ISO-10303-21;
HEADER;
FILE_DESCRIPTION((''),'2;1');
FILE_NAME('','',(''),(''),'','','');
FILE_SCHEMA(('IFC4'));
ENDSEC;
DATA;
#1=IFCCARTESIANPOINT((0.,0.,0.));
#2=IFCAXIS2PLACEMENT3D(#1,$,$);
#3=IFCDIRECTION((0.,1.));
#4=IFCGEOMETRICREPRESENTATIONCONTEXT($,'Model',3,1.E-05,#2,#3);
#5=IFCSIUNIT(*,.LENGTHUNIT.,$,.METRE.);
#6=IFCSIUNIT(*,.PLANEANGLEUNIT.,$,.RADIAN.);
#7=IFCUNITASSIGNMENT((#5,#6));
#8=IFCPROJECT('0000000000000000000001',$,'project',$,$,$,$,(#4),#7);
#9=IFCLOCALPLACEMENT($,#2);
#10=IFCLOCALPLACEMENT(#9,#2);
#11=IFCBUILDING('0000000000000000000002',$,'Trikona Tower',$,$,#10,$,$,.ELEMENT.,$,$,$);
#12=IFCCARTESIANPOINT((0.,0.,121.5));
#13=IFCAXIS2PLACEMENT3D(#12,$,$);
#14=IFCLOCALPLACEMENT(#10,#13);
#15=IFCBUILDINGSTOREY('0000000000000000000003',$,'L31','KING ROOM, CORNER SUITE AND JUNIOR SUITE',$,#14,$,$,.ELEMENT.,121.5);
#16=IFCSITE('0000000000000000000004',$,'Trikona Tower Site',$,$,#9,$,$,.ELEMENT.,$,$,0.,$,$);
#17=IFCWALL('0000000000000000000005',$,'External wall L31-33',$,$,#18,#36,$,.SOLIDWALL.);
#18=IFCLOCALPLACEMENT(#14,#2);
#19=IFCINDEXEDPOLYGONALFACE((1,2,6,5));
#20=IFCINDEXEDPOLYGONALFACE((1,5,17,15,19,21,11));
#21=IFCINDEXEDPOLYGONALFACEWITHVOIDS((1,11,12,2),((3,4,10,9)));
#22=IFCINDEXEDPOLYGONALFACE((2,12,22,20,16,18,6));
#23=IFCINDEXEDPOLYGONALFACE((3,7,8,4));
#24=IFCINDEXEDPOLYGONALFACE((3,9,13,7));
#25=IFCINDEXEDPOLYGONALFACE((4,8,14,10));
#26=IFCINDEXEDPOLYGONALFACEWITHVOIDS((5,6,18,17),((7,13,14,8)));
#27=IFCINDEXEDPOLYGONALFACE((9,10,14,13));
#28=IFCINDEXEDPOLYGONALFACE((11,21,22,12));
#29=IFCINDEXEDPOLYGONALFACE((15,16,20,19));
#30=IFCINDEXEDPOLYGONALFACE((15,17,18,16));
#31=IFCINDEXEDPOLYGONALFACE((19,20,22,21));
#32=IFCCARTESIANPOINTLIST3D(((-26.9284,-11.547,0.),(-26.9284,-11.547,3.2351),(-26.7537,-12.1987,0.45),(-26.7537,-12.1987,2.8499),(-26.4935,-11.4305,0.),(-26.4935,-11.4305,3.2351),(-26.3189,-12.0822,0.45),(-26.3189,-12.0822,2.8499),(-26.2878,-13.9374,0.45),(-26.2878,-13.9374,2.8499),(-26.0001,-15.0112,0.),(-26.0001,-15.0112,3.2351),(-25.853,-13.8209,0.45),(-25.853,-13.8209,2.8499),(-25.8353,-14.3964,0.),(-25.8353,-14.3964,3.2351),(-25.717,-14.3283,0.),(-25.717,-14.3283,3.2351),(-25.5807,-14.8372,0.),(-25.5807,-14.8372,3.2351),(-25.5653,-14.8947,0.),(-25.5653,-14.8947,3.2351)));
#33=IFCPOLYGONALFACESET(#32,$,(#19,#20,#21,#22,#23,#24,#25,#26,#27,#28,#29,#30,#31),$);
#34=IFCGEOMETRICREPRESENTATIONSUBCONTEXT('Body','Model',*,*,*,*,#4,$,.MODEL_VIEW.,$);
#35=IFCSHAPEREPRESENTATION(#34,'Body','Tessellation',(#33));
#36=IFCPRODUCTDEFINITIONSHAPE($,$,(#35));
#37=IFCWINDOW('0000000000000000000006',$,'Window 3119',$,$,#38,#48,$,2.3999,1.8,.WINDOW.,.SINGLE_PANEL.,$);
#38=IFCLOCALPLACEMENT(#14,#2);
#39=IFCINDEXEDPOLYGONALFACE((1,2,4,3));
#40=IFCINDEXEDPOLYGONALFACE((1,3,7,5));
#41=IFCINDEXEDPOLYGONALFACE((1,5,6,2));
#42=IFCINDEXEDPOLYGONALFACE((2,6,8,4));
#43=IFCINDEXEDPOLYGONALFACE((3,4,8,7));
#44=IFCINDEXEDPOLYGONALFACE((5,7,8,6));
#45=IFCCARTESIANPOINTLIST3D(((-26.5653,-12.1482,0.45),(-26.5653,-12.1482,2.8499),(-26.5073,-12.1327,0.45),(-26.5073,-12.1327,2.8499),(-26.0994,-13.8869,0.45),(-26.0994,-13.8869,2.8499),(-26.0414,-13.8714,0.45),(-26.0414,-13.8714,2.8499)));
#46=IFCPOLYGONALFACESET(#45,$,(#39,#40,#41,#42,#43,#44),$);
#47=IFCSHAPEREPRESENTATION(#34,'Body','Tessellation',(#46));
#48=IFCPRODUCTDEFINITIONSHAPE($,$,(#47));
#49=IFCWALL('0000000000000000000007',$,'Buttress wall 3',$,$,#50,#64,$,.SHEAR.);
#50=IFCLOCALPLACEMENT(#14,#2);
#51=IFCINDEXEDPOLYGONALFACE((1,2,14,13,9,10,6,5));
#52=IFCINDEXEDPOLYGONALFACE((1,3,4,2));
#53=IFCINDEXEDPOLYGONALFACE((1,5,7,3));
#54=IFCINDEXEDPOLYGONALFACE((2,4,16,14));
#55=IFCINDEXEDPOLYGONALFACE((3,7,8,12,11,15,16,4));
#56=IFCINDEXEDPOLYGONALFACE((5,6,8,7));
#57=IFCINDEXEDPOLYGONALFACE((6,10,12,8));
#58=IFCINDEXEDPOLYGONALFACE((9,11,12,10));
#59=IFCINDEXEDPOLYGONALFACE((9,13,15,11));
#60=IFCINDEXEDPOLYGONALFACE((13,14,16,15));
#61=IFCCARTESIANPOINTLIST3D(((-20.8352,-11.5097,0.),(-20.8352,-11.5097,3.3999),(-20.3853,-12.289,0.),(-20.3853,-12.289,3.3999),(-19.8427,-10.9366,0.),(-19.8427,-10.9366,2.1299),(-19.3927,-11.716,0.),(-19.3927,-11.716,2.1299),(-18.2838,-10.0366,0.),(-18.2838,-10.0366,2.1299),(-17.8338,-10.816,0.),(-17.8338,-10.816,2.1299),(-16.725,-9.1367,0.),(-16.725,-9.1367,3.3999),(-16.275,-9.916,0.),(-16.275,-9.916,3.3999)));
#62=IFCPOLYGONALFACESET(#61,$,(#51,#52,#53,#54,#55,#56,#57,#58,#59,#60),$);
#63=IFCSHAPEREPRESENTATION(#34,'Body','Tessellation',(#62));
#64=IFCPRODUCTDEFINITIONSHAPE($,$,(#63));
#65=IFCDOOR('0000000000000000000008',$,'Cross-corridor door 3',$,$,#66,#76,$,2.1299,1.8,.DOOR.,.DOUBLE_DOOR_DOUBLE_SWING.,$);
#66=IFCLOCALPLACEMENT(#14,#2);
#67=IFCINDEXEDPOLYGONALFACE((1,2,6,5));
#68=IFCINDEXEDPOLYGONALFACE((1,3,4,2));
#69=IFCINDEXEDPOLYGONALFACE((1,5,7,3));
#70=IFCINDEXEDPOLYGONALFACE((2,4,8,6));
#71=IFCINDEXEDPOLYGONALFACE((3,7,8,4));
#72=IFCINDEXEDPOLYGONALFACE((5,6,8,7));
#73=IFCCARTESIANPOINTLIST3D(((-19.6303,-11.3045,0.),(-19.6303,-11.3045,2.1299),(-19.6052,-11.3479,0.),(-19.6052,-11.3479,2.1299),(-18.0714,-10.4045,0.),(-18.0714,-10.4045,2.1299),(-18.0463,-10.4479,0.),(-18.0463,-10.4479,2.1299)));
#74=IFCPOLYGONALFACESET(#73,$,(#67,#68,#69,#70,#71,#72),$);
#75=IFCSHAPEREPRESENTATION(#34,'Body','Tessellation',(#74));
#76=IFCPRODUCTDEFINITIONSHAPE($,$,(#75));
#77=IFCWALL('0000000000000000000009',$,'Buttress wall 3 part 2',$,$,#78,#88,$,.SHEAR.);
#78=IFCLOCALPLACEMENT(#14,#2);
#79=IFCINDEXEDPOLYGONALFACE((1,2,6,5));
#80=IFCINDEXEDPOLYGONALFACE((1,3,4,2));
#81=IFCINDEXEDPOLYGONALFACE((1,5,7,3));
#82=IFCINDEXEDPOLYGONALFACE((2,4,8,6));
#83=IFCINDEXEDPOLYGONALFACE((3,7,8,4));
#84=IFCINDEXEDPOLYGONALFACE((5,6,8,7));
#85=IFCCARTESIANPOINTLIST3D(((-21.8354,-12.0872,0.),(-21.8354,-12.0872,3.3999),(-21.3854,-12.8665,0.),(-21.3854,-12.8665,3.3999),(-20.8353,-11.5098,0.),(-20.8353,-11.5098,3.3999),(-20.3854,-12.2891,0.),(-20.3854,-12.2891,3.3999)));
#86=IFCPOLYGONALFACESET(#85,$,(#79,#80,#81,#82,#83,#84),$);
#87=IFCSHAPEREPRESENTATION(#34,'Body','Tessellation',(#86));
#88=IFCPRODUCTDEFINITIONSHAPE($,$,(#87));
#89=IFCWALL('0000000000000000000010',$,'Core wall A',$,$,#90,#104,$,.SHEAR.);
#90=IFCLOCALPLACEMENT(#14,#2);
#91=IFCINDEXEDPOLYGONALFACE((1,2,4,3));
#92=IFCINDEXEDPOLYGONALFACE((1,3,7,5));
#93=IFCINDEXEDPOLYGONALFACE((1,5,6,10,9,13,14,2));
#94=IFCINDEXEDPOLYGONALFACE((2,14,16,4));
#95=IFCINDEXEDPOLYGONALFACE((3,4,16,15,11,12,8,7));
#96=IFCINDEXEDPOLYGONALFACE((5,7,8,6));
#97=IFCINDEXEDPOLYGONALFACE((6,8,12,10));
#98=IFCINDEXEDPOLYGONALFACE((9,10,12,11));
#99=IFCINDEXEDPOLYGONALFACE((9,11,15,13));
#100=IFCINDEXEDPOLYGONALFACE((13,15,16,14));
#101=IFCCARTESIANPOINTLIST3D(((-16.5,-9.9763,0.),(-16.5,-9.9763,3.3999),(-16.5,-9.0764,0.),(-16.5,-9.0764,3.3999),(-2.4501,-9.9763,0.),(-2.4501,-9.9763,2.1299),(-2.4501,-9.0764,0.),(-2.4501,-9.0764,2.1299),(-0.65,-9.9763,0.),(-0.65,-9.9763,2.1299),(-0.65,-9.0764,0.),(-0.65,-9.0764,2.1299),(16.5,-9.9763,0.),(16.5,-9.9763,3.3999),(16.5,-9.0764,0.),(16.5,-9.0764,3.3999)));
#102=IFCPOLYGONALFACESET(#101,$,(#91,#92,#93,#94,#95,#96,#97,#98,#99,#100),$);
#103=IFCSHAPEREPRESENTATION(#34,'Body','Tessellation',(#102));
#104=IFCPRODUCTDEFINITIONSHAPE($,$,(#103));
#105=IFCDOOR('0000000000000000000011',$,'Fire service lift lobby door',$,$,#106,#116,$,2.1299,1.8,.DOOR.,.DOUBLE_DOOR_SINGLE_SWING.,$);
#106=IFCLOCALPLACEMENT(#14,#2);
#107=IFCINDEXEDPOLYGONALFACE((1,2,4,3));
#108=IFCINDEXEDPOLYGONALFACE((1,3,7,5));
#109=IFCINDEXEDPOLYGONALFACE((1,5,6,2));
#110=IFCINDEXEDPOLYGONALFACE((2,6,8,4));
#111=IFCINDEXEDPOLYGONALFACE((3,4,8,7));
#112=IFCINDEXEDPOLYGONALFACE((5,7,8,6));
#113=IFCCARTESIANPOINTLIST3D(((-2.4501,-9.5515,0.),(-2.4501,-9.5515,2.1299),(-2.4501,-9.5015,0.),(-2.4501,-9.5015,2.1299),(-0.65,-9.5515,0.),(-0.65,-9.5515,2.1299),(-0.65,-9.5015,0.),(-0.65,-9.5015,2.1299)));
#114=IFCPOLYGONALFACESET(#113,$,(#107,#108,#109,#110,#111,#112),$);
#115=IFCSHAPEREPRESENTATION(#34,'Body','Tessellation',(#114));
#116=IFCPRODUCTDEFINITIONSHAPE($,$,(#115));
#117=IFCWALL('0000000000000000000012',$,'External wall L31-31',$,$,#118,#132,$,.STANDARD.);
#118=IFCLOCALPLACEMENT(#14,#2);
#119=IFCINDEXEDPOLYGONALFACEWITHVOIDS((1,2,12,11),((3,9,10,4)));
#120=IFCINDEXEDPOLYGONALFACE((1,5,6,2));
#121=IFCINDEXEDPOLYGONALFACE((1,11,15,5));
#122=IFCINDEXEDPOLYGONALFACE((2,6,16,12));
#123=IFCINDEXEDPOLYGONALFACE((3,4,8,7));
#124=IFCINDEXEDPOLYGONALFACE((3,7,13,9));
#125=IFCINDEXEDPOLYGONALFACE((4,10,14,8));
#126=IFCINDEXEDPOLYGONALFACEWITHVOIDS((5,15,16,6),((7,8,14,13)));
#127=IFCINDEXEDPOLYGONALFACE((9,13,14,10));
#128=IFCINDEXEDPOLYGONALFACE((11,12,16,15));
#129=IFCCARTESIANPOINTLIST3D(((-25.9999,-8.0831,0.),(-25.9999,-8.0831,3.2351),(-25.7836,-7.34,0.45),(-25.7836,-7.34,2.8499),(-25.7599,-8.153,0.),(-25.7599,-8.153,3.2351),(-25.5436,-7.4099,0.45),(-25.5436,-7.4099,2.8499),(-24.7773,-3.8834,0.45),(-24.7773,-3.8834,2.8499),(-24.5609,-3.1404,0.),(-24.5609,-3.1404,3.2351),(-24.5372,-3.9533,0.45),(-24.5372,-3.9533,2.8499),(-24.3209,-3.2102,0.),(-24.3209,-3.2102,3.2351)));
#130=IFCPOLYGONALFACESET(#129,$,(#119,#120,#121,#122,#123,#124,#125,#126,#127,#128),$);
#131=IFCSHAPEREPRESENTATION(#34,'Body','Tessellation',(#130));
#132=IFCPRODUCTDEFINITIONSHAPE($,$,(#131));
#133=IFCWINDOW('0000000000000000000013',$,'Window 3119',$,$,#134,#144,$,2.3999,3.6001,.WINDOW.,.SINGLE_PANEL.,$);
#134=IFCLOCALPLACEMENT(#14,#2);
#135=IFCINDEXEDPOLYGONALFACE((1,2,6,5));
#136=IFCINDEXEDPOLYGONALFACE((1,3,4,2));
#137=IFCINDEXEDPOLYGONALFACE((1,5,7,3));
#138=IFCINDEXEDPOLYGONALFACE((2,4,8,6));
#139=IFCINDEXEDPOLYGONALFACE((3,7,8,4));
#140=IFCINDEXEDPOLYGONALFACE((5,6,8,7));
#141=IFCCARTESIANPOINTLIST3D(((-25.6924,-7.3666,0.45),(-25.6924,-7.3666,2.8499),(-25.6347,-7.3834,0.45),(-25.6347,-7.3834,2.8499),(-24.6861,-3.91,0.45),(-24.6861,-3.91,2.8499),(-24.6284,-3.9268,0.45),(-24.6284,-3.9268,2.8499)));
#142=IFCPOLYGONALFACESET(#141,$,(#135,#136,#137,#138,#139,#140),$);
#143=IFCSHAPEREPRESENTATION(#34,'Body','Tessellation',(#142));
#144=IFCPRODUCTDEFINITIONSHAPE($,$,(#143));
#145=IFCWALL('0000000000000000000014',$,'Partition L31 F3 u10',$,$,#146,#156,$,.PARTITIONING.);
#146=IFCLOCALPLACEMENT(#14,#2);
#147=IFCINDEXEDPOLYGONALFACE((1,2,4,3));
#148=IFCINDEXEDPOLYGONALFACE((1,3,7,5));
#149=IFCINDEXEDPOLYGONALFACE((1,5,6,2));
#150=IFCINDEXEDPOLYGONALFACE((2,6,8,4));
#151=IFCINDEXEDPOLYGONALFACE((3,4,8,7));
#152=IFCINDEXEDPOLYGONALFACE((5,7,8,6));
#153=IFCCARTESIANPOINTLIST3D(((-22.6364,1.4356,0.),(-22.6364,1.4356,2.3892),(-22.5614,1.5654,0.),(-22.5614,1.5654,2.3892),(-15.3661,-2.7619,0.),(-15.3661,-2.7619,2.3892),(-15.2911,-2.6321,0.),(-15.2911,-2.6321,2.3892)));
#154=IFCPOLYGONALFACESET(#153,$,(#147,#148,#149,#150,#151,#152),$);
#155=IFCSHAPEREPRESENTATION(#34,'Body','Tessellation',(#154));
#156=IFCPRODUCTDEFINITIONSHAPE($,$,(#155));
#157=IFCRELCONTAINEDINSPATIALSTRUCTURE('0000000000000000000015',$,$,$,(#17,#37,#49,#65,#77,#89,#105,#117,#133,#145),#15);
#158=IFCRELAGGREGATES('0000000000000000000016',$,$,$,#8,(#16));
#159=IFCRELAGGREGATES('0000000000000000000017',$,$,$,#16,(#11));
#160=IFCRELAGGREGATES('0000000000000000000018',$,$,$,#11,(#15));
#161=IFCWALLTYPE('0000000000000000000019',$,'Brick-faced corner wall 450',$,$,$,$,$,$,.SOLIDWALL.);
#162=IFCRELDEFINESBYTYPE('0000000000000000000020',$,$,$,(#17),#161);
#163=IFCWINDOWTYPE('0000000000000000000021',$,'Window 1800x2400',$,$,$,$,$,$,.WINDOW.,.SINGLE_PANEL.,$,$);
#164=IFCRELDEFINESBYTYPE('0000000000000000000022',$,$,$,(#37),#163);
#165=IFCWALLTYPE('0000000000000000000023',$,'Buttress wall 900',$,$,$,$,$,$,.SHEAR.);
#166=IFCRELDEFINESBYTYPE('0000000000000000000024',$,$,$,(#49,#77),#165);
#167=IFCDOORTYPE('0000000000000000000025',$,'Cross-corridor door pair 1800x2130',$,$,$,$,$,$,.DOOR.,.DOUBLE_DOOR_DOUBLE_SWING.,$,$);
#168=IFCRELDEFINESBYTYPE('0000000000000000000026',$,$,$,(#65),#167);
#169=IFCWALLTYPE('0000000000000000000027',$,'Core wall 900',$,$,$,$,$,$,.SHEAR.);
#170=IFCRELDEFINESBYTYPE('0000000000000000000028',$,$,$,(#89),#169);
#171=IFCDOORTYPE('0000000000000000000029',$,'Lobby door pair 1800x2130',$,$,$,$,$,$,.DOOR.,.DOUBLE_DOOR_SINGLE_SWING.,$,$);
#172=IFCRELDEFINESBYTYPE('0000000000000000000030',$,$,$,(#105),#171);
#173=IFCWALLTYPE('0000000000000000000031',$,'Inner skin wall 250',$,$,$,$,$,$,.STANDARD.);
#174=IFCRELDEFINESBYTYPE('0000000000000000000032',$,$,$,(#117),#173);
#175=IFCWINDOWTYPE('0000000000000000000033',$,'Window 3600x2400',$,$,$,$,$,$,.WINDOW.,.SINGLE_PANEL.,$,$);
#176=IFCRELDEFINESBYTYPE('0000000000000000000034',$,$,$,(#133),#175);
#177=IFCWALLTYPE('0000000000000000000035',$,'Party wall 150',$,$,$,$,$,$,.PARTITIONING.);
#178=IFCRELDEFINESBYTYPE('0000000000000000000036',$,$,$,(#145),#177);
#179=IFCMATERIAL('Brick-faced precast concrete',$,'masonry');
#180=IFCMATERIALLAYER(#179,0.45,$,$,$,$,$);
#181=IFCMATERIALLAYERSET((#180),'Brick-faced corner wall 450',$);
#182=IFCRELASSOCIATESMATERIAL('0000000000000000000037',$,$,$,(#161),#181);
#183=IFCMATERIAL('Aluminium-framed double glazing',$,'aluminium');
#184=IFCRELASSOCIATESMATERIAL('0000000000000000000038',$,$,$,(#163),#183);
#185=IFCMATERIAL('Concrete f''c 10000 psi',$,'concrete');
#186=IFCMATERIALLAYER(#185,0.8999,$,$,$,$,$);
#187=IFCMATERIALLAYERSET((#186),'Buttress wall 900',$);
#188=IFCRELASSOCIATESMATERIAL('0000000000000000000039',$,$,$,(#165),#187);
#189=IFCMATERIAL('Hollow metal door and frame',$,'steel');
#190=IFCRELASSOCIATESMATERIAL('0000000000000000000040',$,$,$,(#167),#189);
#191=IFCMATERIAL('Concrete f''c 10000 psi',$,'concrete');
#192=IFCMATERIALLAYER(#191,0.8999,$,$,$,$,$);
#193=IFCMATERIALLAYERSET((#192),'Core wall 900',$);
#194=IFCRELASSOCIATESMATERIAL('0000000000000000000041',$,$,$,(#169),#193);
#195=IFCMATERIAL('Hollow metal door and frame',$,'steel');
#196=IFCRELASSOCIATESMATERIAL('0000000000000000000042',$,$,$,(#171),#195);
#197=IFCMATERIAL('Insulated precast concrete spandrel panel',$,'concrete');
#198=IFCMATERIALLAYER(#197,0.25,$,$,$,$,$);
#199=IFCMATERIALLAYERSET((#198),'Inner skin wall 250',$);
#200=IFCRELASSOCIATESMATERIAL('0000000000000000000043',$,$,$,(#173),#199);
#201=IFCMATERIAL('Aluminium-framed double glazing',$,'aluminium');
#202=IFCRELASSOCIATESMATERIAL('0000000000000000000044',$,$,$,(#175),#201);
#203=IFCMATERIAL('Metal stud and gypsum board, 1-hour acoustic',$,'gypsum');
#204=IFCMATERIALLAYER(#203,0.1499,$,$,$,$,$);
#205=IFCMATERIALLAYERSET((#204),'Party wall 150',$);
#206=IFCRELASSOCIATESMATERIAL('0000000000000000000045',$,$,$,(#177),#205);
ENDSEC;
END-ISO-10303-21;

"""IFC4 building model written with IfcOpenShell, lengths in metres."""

from ifc_helpers import new_model, si_unit, direction, frame, frame_2d, origin, place, context, subcontext, project, spatial, polyline, rectangle, outline, extrude, material, layer, layer_set, type_object, element, fill, save


model = new_model("IFC4")

# Units and contexts
model_context = context("Model", 3, precision=1e-05, world=origin(), true_north=direction((0.0, 1.0)))
body_context = subcontext(model_context, "Body", "Model", "MODEL_VIEW")
ifc_project = project(units=[si_unit("LENGTHUNIT", "METRE"), si_unit("PLANEANGLEUNIT", "RADIAN")], contexts=[model_context])

# Site, building, storey
site_placement = place(None, origin())
site = spatial("IfcSite", under=ifc_project, at=site_placement, Name="Trikona Tower Site", CompositionType="ELEMENT", RefElevation=0.0)
building_placement = place(site_placement, origin())
building = spatial("IfcBuilding", under=site, at=building_placement, Name="Trikona Tower", CompositionType="ELEMENT")
storey_placement = place(building_placement, frame((0.0, 0.0, 121.5)))
storey = spatial("IfcBuildingStorey", under=building, at=storey_placement, Name="L31", Description="KING ROOM, CORNER SUITE AND JUNIOR SUITE", CompositionType="ELEMENT", Elevation=121.5)

# Wall, opening, window
ifc_material_1 = material(Name="Brick-faced precast concrete", Category="masonry")
ifc_layer_1 = layer(ifc_material_1, 0.45)
ifc_layer_set_1 = layer_set([ifc_layer_1], Name="Brick-faced corner wall 450")
wall_type_1 = type_object("IfcWallType", Name="Brick-faced corner wall 450", PredefinedType="SOLIDWALL", material=ifc_layer_set_1)
wall_1_placement = place(storey_placement, frame((-26.7109, -11.4888, 0.0), z_axis=(0.0, 0.0, 1.0), x_axis=(0.258823, -0.965925, 0.0)))
wall_1 = element("IfcWall", 1, at=wall_1_placement, inside=storey, type_object=wall_type_1, Name="External wall L31-33", PredefinedType="SOLIDWALL", context=body_context, shape_type="SweptSolid", body=[
    extrude(outline(polyline([(3.5864, 0.2251), (3.5269, 0.2251), (3.0352, 0.0933), (3.0, 0.2251), (0.0, 0.2251), (0.0, -0.2251), (3.5864, -0.2251), (3.5864, 0.2251)])), origin(), (0.0, 0.0, 1.0), 3.2351),
])
opening_1_placement = place(wall_1_placement, frame((0.6748, 0.0, 0.45)))
opening_1 = element("IfcOpeningElement", 2, at=opening_1_placement, cuts=wall_1, PredefinedType="OPENING", context=body_context, shape_type="SweptSolid", body=[
    extrude(rectangle(XDim=1.8, YDim=2.3999, at=frame_2d((0.8999, 1.2))), frame((0.0, 0.2349, 0.0), z_axis=(0.0, -1.0, 0.0), x_axis=(1.0, 0.0, 0.0)), (0.0, 0.0, 1.0), 0.47),
])
ifc_material_2 = material(Name="Aluminium-framed double glazing", Category="aluminium")
window_type_1 = type_object("IfcWindowType", Name="Window 1800x2400", PartitioningType="SINGLE_PANEL", PredefinedType="WINDOW", material=ifc_material_2)
window_1_placement = place(opening_1_placement, origin())
window_1 = element("IfcWindow", 3, at=window_1_placement, inside=storey, type_object=window_type_1, Name="Window 3119", OverallHeight=2.3999, OverallWidth=1.8, PartitioningType="SINGLE_PANEL", PredefinedType="WINDOW", context=body_context, shape_type="SweptSolid", body=[
    extrude(rectangle(XDim=1.8, YDim=2.3999, at=frame_2d((0.8999, 1.2))), frame((0.0, 0.03, 0.0), z_axis=(0.0, -1.0, 0.0), x_axis=(1.0, 0.0, 0.0)), (0.0, 0.0, 1.0), 0.0601),
])
fill(opening_1, window_1)

# Wall, opening, door
ifc_material_3 = material(Name="Concrete f'c 10000 psi", Category="concrete")
ifc_layer_2 = layer(ifc_material_3, 0.8999)
ifc_layer_set_2 = layer_set([ifc_layer_2], Name="Buttress wall 900")
wall_type_2 = type_object("IfcWallType", Name="Buttress wall 900", PredefinedType="SHEAR", material=ifc_layer_set_2)
wall_2_placement = place(storey_placement, frame((-16.5, -9.5264, 0.0), z_axis=(0.0, 0.0, 1.0), x_axis=(-0.866031, -0.49999, 0.0)))
wall_2 = element("IfcWall", 4, at=wall_2_placement, inside=storey, type_object=wall_type_2, Name="Buttress wall 3", PredefinedType="SHEAR", context=body_context, shape_type="SweptSolid", body=[
    extrude(rectangle(XDim=4.7461, YDim=0.8999, at=frame_2d((2.373, 0.0))), origin(), (0.0, 0.0, 1.0), 3.3999),
])
opening_2_placement = place(wall_2_placement, frame((1.8, 0.0, 0.0)))
opening_2 = element("IfcOpeningElement", 5, at=opening_2_placement, cuts=wall_2, PredefinedType="OPENING", context=body_context, shape_type="SweptSolid", body=[
    extrude(rectangle(XDim=1.8, YDim=2.1299, at=frame_2d((0.8999, 1.0649))), frame((0.0, 0.46, 0.0), z_axis=(0.0, -1.0, 0.0), x_axis=(1.0, 0.0, 0.0)), (0.0, 0.0, 1.0), 0.9199),
])
ifc_material_4 = material(Name="Hollow metal door and frame", Category="steel")
door_type_1 = type_object("IfcDoorType", Name="Cross-corridor door pair 1800x2130", OperationType="DOUBLE_DOOR_DOUBLE_SWING", PredefinedType="DOOR", material=ifc_material_4)
door_1_placement = place(opening_2_placement, origin())
door_1 = element("IfcDoor", 6, at=door_1_placement, inside=storey, type_object=door_type_1, Name="Cross-corridor door 3", OperationType="DOUBLE_DOOR_DOUBLE_SWING", OverallHeight=2.1299, OverallWidth=1.8, PredefinedType="DOOR", context=body_context, shape_type="SweptSolid", body=[
    extrude(rectangle(XDim=1.8, YDim=2.1299, at=frame_2d((0.8999, 1.0649))), frame((0.0, 0.0249, 0.0), z_axis=(0.0, -1.0, 0.0), x_axis=(1.0, 0.0, 0.0)), (0.0, 0.0, 1.0), 0.05),
])
fill(opening_2, door_1)

# Wall
wall_3_placement = place(storey_placement, frame((-20.6104, -11.8994, 0.0), z_axis=(0.0, 0.0, 1.0), x_axis=(-0.86601, -0.500027, 0.0)))
element("IfcWall", 7, at=wall_3_placement, inside=storey, type_object=wall_type_2, Name="Buttress wall 3 part 2", PredefinedType="SHEAR", context=body_context, shape_type="SweptSolid", body=[
    extrude(rectangle(XDim=1.1548, YDim=0.8999, at=frame_2d((0.5774, 0.0))), origin(), (0.0, 0.0, 1.0), 3.3999),
])

# Wall, opening, door
ifc_material_5 = material(Name="Concrete f'c 10000 psi", Category="concrete")
ifc_layer_3 = layer(ifc_material_5, 0.8999)
ifc_layer_set_3 = layer_set([ifc_layer_3], Name="Core wall 900")
wall_type_3 = type_object("IfcWallType", Name="Core wall 900", PredefinedType="SHEAR", material=ifc_layer_set_3)
wall_4_placement = place(storey_placement, frame((-16.5, -9.5264, 0.0), z_axis=(0.0, 0.0, 1.0), x_axis=(1.0, 0.0, 0.0)))
wall_4 = element("IfcWall", 8, at=wall_4_placement, inside=storey, type_object=wall_type_3, Name="Core wall A", PredefinedType="SHEAR", context=body_context, shape_type="SweptSolid", body=[
    extrude(rectangle(XDim=33.0, YDim=0.8999, at=frame_2d((16.5, 0.0))), origin(), (0.0, 0.0, 1.0), 3.3999),
])
opening_3_placement = place(wall_4_placement, frame((14.05, 0.0, 0.0)))
opening_3 = element("IfcOpeningElement", 9, at=opening_3_placement, cuts=wall_4, PredefinedType="OPENING", context=body_context, shape_type="SweptSolid", body=[
    extrude(rectangle(XDim=1.8, YDim=2.1299, at=frame_2d((0.8999, 1.0649))), frame((0.0, 0.46, 0.0), z_axis=(0.0, -1.0, 0.0), x_axis=(1.0, 0.0, 0.0)), (0.0, 0.0, 1.0), 0.9199),
])
ifc_material_6 = material(Name="Hollow metal door and frame", Category="steel")
door_type_2 = type_object("IfcDoorType", Name="Lobby door pair 1800x2130", OperationType="DOUBLE_DOOR_SINGLE_SWING", PredefinedType="DOOR", material=ifc_material_6)
door_2_placement = place(opening_3_placement, origin())
door_2 = element("IfcDoor", 10, at=door_2_placement, inside=storey, type_object=door_type_2, Name="Fire service lift lobby door", OperationType="DOUBLE_DOOR_SINGLE_SWING", OverallHeight=2.1299, OverallWidth=1.8, PredefinedType="DOOR", context=body_context, shape_type="SweptSolid", body=[
    extrude(rectangle(XDim=1.8, YDim=2.1299, at=frame_2d((0.8999, 1.0649))), frame((0.0, 0.0249, 0.0), z_axis=(0.0, -1.0, 0.0), x_axis=(1.0, 0.0, 0.0)), (0.0, 0.0, 1.0), 0.05),
])
fill(opening_3, door_2)

# Wall, opening, window
ifc_material_7 = material(Name="Insulated precast concrete spandrel panel", Category="concrete")
ifc_layer_4 = layer(ifc_material_7, 0.25)
ifc_layer_set_4 = layer_set([ifc_layer_4], Name="Inner skin wall 250")
wall_type_4 = type_object("IfcWallType", Name="Inner skin wall 250", PredefinedType="STANDARD", material=ifc_layer_set_4)
wall_5_placement = place(storey_placement, frame((-24.4409, -3.1753, 0.0), z_axis=(0.0, 0.0, 1.0), x_axis=(-0.279528, -0.960137, 0.0)))
wall_5 = element("IfcWall", 11, at=wall_5_placement, inside=storey, type_object=wall_type_4, Name="External wall L31-31", PredefinedType="STANDARD", context=body_context, shape_type="SweptSolid", body=[
    extrude(rectangle(XDim=5.1479, YDim=0.25, at=frame_2d((2.574, 0.0))), origin(), (0.0, 0.0, 1.0), 3.2351),
])
opening_4_placement = place(wall_5_placement, frame((0.7739, 0.0, 0.45)))
opening_4 = element("IfcOpeningElement", 12, at=opening_4_placement, cuts=wall_5, PredefinedType="OPENING", context=body_context, shape_type="SweptSolid", body=[
    extrude(rectangle(XDim=3.6001, YDim=2.3999, at=frame_2d((1.8, 1.2))), frame((0.0, 0.135, 0.0), z_axis=(0.0, -1.0, 0.0), x_axis=(1.0, 0.0, 0.0)), (0.0, 0.0, 1.0), 0.27),
])
ifc_material_8 = material(Name="Aluminium-framed double glazing", Category="aluminium")
window_type_2 = type_object("IfcWindowType", Name="Window 3600x2400", PartitioningType="SINGLE_PANEL", PredefinedType="WINDOW", material=ifc_material_8)
window_2_placement = place(opening_4_placement, origin())
window_2 = element("IfcWindow", 13, at=window_2_placement, inside=storey, type_object=window_type_2, Name="Window 3119", OverallHeight=2.3999, OverallWidth=3.6001, PartitioningType="SINGLE_PANEL", PredefinedType="WINDOW", context=body_context, shape_type="SweptSolid", body=[
    extrude(rectangle(XDim=3.6001, YDim=2.3999, at=frame_2d((1.8, 1.2))), frame((0.0, 0.03, 0.0), z_axis=(0.0, -1.0, 0.0), x_axis=(1.0, 0.0, 0.0)), (0.0, 0.0, 1.0), 0.0601),
])
fill(opening_4, window_2)

# Wall
ifc_material_9 = material(Name="Metal stud and gypsum board, 1-hour acoustic", Category="gypsum")
ifc_layer_5 = layer(ifc_material_9, 0.1499)
ifc_layer_set_5 = layer_set([ifc_layer_5], Name="Party wall 150")
wall_type_5 = type_object("IfcWallType", Name="Party wall 150", PredefinedType="PARTITIONING", material=ifc_layer_set_5)
wall_6_placement = place(storey_placement, frame((-15.3286, -2.697, 0.0), z_axis=(0.0, 0.0, 1.0), x_axis=(-0.866024, 0.500002, 0.0)))
element("IfcWall", 14, at=wall_6_placement, inside=storey, type_object=wall_type_5, Name="Partition L31 F3 u10", PredefinedType="PARTITIONING", context=body_context, shape_type="SweptSolid", body=[
    extrude(rectangle(XDim=8.395, YDim=0.1499, at=frame_2d((4.1975, 0.0))), origin(), (0.0, 0.0, 1.0), 2.3892),
])

save(model, "model.ifc")
